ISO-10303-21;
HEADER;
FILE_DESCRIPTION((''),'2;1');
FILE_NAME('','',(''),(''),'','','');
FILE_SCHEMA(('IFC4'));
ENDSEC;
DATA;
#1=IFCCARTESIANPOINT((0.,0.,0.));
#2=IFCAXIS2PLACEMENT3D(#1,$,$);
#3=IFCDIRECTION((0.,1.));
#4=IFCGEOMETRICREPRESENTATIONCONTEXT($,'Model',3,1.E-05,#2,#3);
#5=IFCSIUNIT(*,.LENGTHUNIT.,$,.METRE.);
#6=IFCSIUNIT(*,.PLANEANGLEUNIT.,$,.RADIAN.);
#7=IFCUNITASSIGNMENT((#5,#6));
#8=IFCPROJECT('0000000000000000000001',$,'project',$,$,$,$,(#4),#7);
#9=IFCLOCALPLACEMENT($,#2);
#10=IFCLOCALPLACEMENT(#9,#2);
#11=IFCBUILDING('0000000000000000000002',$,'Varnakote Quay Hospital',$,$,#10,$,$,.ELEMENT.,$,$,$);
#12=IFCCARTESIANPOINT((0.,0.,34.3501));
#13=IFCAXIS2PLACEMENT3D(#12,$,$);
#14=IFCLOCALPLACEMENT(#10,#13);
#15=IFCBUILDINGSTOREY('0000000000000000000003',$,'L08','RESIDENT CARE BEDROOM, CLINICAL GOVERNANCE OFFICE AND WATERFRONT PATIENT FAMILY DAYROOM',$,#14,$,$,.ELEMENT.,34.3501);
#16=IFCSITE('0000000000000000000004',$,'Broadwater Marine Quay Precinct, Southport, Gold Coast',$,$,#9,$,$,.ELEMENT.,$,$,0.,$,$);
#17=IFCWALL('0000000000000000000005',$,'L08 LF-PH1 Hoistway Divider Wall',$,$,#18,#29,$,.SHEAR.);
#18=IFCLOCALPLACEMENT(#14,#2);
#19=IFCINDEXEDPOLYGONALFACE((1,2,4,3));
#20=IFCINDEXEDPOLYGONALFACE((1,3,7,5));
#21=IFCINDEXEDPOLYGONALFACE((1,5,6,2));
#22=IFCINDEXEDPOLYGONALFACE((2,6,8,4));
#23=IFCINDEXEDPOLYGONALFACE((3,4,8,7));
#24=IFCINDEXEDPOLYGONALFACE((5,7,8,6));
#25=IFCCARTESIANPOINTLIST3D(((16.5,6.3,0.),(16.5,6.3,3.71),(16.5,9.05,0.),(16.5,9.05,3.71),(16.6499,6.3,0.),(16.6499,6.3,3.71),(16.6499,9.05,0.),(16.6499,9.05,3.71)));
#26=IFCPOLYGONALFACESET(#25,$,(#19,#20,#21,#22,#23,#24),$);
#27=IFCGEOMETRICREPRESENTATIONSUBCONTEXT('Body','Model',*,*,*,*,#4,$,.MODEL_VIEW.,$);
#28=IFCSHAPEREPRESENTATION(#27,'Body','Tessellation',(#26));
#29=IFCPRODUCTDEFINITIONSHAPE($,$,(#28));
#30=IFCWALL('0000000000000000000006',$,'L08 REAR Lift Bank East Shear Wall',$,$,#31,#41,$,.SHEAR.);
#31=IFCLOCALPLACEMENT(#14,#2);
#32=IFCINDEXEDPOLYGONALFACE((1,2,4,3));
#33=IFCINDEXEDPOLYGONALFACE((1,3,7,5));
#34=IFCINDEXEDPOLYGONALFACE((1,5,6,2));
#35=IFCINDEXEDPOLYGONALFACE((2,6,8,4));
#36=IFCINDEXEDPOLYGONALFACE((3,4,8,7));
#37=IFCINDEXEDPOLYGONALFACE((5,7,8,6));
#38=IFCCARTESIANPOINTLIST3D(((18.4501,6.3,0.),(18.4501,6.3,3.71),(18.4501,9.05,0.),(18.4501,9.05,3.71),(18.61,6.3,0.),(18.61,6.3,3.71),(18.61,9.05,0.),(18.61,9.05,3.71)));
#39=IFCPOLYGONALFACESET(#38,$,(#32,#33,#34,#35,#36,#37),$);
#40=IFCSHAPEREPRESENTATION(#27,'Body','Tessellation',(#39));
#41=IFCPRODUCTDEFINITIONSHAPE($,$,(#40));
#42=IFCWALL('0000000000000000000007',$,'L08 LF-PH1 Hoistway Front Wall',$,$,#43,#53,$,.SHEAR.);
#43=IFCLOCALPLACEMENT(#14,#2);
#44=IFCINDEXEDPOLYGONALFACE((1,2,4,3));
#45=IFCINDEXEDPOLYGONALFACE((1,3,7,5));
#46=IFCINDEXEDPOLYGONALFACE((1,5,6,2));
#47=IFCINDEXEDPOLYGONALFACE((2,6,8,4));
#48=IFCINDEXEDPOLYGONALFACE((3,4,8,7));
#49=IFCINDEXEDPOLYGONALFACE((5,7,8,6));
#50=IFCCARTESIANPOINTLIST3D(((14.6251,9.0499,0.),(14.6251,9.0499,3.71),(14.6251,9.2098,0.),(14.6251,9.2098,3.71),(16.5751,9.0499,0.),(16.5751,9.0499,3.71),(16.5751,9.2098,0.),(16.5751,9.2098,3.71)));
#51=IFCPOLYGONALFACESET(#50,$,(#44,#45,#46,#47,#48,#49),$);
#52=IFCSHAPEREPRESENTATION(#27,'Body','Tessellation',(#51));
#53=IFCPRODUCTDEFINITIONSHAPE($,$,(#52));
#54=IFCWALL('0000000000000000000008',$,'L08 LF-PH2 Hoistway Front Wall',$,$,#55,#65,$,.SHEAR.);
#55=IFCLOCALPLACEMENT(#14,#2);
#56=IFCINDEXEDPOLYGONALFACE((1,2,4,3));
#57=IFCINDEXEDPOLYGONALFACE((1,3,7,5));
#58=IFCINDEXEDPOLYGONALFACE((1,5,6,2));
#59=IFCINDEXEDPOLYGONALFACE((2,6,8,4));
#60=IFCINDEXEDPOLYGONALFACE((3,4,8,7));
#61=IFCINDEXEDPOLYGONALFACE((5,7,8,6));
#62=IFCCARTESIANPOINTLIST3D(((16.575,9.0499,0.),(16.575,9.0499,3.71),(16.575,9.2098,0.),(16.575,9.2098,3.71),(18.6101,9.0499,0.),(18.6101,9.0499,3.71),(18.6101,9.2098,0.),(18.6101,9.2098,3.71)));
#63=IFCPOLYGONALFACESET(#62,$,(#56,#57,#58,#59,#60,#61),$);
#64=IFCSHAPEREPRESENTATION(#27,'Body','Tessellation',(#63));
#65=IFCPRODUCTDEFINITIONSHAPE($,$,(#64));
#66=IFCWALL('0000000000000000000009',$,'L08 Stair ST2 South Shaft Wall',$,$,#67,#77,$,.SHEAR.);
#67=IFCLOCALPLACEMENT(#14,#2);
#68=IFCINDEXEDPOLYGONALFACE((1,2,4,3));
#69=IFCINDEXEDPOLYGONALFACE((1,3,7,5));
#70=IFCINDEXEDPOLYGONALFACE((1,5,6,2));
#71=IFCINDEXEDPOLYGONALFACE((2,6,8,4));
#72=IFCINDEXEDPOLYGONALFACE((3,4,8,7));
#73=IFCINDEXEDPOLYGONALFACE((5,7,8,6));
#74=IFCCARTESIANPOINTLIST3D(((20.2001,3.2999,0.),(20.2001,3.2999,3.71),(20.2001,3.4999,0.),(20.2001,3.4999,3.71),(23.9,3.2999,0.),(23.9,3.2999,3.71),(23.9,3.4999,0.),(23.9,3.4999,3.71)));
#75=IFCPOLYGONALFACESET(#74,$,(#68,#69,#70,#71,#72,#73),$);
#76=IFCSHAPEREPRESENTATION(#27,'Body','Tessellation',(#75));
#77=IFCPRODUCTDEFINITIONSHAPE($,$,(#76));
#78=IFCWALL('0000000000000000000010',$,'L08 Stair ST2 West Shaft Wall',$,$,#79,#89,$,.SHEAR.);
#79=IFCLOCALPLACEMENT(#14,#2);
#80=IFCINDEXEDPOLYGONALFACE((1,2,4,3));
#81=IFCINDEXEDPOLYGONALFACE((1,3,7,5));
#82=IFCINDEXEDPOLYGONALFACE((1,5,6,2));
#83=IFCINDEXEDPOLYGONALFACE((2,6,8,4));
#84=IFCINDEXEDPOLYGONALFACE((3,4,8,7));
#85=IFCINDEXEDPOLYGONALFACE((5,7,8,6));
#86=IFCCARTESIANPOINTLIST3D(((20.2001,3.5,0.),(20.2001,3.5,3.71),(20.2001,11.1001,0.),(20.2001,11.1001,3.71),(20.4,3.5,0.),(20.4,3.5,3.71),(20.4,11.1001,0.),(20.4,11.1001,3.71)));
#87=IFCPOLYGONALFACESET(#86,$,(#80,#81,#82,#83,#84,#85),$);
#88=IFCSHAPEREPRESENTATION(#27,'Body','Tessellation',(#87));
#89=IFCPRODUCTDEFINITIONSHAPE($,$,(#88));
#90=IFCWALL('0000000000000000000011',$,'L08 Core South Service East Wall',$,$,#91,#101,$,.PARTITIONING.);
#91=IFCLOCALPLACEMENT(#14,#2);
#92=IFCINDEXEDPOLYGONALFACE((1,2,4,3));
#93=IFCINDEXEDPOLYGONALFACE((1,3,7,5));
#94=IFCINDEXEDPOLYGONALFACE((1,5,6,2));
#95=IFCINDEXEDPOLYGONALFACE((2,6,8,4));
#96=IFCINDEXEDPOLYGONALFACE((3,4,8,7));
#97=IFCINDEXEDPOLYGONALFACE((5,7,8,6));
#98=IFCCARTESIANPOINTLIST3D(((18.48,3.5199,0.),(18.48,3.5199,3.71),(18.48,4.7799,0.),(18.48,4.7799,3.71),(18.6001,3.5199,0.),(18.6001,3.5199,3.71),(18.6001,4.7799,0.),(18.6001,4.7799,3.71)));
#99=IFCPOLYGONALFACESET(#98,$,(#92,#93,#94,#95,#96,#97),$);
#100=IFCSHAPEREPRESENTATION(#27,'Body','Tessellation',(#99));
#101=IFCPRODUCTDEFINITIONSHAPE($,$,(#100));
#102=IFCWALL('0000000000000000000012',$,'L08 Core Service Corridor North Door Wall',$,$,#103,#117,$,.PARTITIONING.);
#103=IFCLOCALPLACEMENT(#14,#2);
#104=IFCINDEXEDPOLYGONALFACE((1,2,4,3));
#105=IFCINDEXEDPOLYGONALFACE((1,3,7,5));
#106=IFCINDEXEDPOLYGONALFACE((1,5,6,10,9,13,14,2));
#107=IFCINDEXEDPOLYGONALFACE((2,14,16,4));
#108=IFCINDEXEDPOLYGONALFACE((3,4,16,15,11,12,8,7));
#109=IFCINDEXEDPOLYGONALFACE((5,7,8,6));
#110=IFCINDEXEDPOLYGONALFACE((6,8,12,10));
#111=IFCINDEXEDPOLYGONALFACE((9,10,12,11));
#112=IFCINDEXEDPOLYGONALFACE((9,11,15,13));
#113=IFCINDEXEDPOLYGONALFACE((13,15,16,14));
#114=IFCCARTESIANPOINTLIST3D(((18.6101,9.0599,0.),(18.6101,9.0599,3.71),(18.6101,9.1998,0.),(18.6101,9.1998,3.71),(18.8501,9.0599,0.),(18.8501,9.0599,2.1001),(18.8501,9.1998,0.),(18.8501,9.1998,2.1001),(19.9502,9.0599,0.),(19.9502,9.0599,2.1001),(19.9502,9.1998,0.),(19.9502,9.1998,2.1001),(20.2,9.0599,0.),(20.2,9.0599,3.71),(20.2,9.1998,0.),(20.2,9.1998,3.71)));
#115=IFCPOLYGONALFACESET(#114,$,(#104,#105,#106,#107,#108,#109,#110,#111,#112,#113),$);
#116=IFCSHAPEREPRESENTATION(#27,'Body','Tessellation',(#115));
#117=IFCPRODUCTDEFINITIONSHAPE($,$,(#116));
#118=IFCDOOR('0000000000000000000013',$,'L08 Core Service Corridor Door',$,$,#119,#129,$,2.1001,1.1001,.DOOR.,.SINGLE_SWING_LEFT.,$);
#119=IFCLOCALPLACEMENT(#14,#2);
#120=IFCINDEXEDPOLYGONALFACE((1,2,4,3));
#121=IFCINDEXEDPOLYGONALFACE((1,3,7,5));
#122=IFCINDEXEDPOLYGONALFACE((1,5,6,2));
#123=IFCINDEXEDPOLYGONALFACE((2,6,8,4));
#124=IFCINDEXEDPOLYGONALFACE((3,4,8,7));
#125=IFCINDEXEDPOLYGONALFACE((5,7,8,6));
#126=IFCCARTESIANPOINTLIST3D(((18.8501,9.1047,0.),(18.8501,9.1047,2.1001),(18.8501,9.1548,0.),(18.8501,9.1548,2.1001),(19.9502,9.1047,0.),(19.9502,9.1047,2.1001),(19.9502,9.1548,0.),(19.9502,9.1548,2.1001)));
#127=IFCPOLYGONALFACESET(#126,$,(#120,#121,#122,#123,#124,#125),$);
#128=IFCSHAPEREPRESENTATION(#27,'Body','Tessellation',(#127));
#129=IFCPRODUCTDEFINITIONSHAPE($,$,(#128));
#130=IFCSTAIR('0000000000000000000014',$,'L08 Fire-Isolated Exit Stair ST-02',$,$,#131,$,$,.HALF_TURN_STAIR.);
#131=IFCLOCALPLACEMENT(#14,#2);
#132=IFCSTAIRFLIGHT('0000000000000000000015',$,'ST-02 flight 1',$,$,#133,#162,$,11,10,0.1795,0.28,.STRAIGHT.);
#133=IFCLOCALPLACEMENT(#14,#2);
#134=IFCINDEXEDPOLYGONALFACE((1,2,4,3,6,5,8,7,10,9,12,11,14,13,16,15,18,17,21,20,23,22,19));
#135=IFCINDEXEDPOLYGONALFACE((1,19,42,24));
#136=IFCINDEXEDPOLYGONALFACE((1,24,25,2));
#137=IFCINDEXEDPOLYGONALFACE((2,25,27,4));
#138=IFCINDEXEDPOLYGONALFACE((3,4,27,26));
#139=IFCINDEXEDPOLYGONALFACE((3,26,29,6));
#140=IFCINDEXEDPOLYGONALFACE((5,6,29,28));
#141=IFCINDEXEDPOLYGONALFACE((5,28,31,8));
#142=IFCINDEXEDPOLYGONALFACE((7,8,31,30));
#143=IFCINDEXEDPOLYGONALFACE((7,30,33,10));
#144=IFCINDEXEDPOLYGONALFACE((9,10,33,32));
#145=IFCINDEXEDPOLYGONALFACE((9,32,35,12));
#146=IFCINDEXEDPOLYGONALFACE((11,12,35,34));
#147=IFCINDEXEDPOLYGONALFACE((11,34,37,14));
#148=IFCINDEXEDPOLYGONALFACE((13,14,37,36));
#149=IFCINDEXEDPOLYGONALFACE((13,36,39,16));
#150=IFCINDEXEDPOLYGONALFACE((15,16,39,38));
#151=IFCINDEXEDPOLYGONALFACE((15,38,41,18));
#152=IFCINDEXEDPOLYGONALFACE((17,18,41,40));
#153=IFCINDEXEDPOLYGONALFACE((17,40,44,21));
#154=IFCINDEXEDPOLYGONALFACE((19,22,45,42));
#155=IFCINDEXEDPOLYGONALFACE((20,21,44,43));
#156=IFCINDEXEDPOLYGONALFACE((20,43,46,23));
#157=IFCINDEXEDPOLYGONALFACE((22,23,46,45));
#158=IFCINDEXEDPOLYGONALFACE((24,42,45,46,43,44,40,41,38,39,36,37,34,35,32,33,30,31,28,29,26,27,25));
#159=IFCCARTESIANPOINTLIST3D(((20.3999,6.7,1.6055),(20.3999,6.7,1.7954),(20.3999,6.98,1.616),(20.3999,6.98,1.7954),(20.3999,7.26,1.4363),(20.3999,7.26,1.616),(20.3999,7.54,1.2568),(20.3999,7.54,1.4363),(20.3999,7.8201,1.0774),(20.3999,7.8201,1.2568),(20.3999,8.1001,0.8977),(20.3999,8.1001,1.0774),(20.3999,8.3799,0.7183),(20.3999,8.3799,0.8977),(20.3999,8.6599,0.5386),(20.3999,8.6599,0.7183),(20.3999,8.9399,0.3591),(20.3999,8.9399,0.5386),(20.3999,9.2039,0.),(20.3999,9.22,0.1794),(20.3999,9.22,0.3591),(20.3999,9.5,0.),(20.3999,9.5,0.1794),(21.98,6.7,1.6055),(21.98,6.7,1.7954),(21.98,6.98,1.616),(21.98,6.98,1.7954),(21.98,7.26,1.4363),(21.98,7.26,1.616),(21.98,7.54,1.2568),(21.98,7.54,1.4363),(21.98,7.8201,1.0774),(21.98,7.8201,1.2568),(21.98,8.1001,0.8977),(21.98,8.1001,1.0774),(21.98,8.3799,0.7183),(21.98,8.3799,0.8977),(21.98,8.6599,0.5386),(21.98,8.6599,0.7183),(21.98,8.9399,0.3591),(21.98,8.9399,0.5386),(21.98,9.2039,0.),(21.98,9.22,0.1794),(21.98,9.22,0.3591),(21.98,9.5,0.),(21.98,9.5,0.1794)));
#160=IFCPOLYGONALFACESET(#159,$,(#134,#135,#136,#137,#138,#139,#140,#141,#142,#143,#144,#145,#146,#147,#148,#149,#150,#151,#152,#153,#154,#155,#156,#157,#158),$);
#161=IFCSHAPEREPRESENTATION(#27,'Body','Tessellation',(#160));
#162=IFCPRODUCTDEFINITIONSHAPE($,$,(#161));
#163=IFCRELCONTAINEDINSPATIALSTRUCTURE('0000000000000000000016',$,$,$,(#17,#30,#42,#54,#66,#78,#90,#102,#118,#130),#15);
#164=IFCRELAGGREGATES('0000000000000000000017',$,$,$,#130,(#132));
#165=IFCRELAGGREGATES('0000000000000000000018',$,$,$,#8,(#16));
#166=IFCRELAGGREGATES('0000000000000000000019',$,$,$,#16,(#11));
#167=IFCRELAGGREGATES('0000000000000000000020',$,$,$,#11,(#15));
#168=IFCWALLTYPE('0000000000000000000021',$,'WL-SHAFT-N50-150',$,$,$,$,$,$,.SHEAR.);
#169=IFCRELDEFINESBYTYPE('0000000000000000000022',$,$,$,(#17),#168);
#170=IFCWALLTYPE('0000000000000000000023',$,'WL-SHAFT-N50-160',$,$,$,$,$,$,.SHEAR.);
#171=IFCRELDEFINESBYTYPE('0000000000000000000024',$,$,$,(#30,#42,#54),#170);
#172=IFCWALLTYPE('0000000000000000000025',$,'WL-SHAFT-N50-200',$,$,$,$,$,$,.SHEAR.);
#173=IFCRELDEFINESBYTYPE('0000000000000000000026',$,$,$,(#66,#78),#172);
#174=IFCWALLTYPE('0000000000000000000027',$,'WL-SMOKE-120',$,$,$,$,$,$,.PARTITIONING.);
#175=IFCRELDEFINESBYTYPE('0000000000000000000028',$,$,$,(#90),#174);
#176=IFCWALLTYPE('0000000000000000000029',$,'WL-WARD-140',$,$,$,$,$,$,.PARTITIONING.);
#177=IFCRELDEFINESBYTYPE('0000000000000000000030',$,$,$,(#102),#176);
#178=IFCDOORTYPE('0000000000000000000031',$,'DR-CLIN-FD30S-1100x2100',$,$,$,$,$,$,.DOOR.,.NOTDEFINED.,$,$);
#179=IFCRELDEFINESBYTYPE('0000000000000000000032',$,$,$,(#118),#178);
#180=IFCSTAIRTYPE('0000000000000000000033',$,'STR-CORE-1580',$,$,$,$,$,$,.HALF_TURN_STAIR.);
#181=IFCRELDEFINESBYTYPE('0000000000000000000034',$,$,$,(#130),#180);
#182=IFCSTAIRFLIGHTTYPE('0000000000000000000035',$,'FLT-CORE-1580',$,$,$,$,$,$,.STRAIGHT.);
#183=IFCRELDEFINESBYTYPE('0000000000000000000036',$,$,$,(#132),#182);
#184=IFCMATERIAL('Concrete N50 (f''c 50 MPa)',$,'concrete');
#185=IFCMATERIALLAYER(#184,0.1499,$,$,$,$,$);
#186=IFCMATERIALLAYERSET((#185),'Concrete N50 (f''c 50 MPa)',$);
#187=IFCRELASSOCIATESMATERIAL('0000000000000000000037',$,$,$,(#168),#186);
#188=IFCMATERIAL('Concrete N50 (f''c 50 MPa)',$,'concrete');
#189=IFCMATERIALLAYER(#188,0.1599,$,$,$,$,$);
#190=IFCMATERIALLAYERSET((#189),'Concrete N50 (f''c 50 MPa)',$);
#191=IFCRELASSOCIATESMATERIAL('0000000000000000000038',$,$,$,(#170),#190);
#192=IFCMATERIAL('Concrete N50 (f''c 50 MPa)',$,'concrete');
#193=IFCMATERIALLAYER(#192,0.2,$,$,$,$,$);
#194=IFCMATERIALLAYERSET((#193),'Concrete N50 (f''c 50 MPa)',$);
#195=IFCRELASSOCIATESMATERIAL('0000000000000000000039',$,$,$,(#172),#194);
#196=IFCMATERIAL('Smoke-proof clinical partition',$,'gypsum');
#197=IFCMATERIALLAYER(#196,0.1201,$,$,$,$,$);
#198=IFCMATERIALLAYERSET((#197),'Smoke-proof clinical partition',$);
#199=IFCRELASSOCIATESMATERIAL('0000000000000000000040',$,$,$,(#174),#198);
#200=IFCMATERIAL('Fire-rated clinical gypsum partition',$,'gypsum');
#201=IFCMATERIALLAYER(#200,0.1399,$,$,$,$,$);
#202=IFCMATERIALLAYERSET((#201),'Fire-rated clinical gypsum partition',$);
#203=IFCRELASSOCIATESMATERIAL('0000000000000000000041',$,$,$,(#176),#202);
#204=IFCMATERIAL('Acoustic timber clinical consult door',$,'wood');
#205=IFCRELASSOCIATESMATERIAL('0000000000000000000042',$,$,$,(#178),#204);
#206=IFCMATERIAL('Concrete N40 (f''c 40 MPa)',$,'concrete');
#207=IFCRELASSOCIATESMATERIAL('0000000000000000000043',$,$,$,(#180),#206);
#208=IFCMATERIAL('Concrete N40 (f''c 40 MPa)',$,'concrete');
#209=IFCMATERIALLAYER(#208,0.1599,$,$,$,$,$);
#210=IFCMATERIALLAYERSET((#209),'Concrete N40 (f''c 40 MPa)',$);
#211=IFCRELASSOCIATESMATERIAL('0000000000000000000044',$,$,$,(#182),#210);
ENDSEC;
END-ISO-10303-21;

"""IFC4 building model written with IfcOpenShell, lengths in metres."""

from ifc_helpers import new_model, si_unit, direction, frame, frame_2d, origin, place, context, subcontext, project, spatial, polyline, rectangle, outline, extrude, material, layer, layer_set, type_object, element, fill, aggregate, save


model = new_model("IFC4")

# Units and contexts
model_context = context("Model", 3, precision=1e-05, world=origin(), true_north=direction((0.0, 1.0)))
body_context = subcontext(model_context, "Body", "Model", "MODEL_VIEW")
ifc_project = project(units=[si_unit("LENGTHUNIT", "METRE"), si_unit("PLANEANGLEUNIT", "RADIAN")], contexts=[model_context])

# Site, building, storey
site_placement = place(None, origin())
site = spatial("IfcSite", under=ifc_project, at=site_placement, Name="Broadwater Marine Quay Precinct, Southport, Gold Coast", CompositionType="ELEMENT", RefElevation=0.0)
building_placement = place(site_placement, origin())
building = spatial("IfcBuilding", under=site, at=building_placement, Name="Varnakote Quay Hospital", CompositionType="ELEMENT")
storey_placement = place(building_placement, frame((0.0, 0.0, 34.3501)))
storey = spatial("IfcBuildingStorey", under=building, at=storey_placement, Name="L08", Description="RESIDENT CARE BEDROOM, CLINICAL GOVERNANCE OFFICE AND WATERFRONT PATIENT FAMILY DAYROOM", CompositionType="ELEMENT", Elevation=34.3501)

# Walls
ifc_material_1 = material(Name="Concrete N50 (f'c 50 MPa)", Category="concrete")
ifc_layer_1 = layer(ifc_material_1, 0.1499)
ifc_layer_set_1 = layer_set([ifc_layer_1], Name="Concrete N50 (f'c 50 MPa)")
wall_type_1 = type_object("IfcWallType", Name="WL-SHAFT-N50-150", PredefinedType="SHEAR", material=ifc_layer_set_1)
for number, where, z_axis, x_axis, name in (
    (1, (16.575, 6.3, 0.0), (0.0, 0.0, 1.0), (0.0, 1.0, 0.0), "L08 LF-PH1 Hoistway Divider Wall"),
):
    element("IfcWall", number, at=place(storey_placement, frame(where, z_axis=z_axis, x_axis=x_axis)), inside=storey, type_object=wall_type_1, Name=name, PredefinedType="SHEAR", context=body_context, shape_type="SweptSolid", body=[
        extrude(rectangle(XDim=2.75, YDim=0.1499, at=frame_2d((1.375, 0.0))), origin(), (0.0, 0.0, 1.0), 3.71),
    ])
ifc_material_2 = material(Name="Concrete N50 (f'c 50 MPa)", Category="concrete")
ifc_layer_2 = layer(ifc_material_2, 0.1599)
ifc_layer_set_2 = layer_set([ifc_layer_2], Name="Concrete N50 (f'c 50 MPa)")
wall_type_2 = type_object("IfcWallType", Name="WL-SHAFT-N50-160", PredefinedType="SHEAR", material=ifc_layer_set_2)
wall_1_placement = place(storey_placement, frame((18.53, 6.3, 0.0), z_axis=(0.0, 0.0, 1.0), x_axis=(0.0, 1.0, 0.0)))
element("IfcWall", 2, at=wall_1_placement, inside=storey, type_object=wall_type_2, Name="L08 REAR Lift Bank East Shear Wall", PredefinedType="SHEAR", context=body_context, shape_type="SweptSolid", body=[
    extrude(rectangle(XDim=2.75, YDim=0.1599, at=frame_2d((1.375, 0.0))), origin(), (0.0, 0.0, 1.0), 3.71),
])
wall_2_placement = place(storey_placement, frame((14.625, 9.1299, 0.0), z_axis=(0.0, 0.0, 1.0), x_axis=(1.0, 0.0, 0.0)))
element("IfcWall", 3, at=wall_2_placement, inside=storey, type_object=wall_type_2, Name="L08 LF-PH1 Hoistway Front Wall", PredefinedType="SHEAR", context=body_context, shape_type="SweptSolid", body=[
    extrude(rectangle(XDim=1.95, YDim=0.1599, at=frame_2d((0.9751, 0.0))), origin(), (0.0, 0.0, 1.0), 3.71),
])
wall_3_placement = place(storey_placement, frame((16.575, 9.1299, 0.0), z_axis=(0.0, 0.0, 1.0), x_axis=(1.0, 0.0, 0.0)))
element("IfcWall", 4, at=wall_3_placement, inside=storey, type_object=wall_type_2, Name="L08 LF-PH2 Hoistway Front Wall", PredefinedType="SHEAR", context=body_context, shape_type="SweptSolid", body=[
    extrude(rectangle(XDim=2.0352, YDim=0.1599, at=frame_2d((1.0176, 0.0))), origin(), (0.0, 0.0, 1.0), 3.71),
])
ifc_material_3 = material(Name="Concrete N50 (f'c 50 MPa)", Category="concrete")
ifc_layer_3 = layer(ifc_material_3, 0.2)
ifc_layer_set_3 = layer_set([ifc_layer_3], Name="Concrete N50 (f'c 50 MPa)")
wall_type_3 = type_object("IfcWallType", Name="WL-SHAFT-N50-200", PredefinedType="SHEAR", material=ifc_layer_set_3)
wall_4_placement = place(storey_placement, frame((20.2, 3.3999, 0.0), z_axis=(0.0, 0.0, 1.0), x_axis=(1.0, 0.0, 0.0)))
element("IfcWall", 5, at=wall_4_placement, inside=storey, type_object=wall_type_3, Name="L08 Stair ST2 South Shaft Wall", PredefinedType="SHEAR", context=body_context, shape_type="SweptSolid", body=[
    extrude(rectangle(XDim=3.7, YDim=0.2, at=frame_2d((1.8501, 0.0))), origin(), (0.0, 0.0, 1.0), 3.71),
])
wall_5_placement = place(storey_placement, frame((20.3, 3.5, 0.0), z_axis=(0.0, 0.0, 1.0), x_axis=(0.0, 1.0, 0.0)))
element("IfcWall", 6, at=wall_5_placement, inside=storey, type_object=wall_type_3, Name="L08 Stair ST2 West Shaft Wall", PredefinedType="SHEAR", context=body_context, shape_type="SweptSolid", body=[
    extrude(rectangle(XDim=7.6001, YDim=0.2, at=frame_2d((3.8, 0.0))), origin(), (0.0, 0.0, 1.0), 3.71),
])

# Wall
ifc_material_4 = material(Name="Smoke-proof clinical partition", Category="gypsum")
ifc_layer_4 = layer(ifc_material_4, 0.1201)
ifc_layer_set_4 = layer_set([ifc_layer_4], Name="Smoke-proof clinical partition")
wall_type_4 = type_object("IfcWallType", Name="WL-SMOKE-120", PredefinedType="PARTITIONING", material=ifc_layer_set_4)
wall_6_placement = place(storey_placement, frame((18.54, 3.52, 0.0), z_axis=(0.0, 0.0, 1.0), x_axis=(0.0, 1.0, 0.0)))
element("IfcWall", 7, at=wall_6_placement, inside=storey, type_object=wall_type_4, Name="L08 Core South Service East Wall", PredefinedType="PARTITIONING", context=body_context, shape_type="SweptSolid", body=[
    extrude(rectangle(XDim=1.26, YDim=0.1201, at=frame_2d((0.6299, 0.0))), origin(), (0.0, 0.0, 1.0), 3.71),
])

# Wall, opening, door
ifc_material_5 = material(Name="Fire-rated clinical gypsum partition", Category="gypsum")
ifc_layer_5 = layer(ifc_material_5, 0.1399)
ifc_layer_set_5 = layer_set([ifc_layer_5], Name="Fire-rated clinical gypsum partition")
wall_type_5 = type_object("IfcWallType", Name="WL-WARD-140", PredefinedType="PARTITIONING", material=ifc_layer_set_5)
wall_7_placement = place(storey_placement, frame((18.6101, 9.1299, 0.0), z_axis=(0.0, 0.0, 1.0), x_axis=(1.0, 0.0, 0.0)))
wall_7 = element("IfcWall", 8, at=wall_7_placement, inside=storey, type_object=wall_type_5, Name="L08 Core Service Corridor North Door Wall", PredefinedType="PARTITIONING", context=body_context, shape_type="SweptSolid", body=[
    extrude(rectangle(XDim=1.5898, YDim=0.1399, at=frame_2d((0.7949, 0.0))), origin(), (0.0, 0.0, 1.0), 3.71),
])
opening_1_placement = place(wall_7_placement, frame((0.24, 0.0, 0.0)))
opening_1 = element("IfcOpeningElement", 9, at=opening_1_placement, cuts=wall_7, PredefinedType="OPENING", context=body_context, shape_type="SweptSolid", body=[
    extrude(rectangle(XDim=1.1001, YDim=2.1001, at=frame_2d((0.55, 1.05))), frame((0.0, 0.0798, 0.0), z_axis=(0.0, -1.0, 0.0), x_axis=(1.0, 0.0, 0.0)), (0.0, 0.0, 1.0), 0.1599),
])
ifc_material_6 = material(Name="Acoustic timber clinical consult door", Category="wood")
door_type_1 = type_object("IfcDoorType", Name="DR-CLIN-FD30S-1100x2100", OperationType="NOTDEFINED", PredefinedType="DOOR", material=ifc_material_6)
door_1_placement = place(opening_1_placement, origin())
door_1 = element("IfcDoor", 10, at=door_1_placement, inside=storey, type_object=door_type_1, Name="L08 Core Service Corridor Door", OperationType="SINGLE_SWING_LEFT", OverallHeight=2.1001, OverallWidth=1.1001, PredefinedType="DOOR", context=body_context, shape_type="SweptSolid", body=[
    extrude(rectangle(XDim=1.1001, YDim=2.1001, at=frame_2d((0.55, 1.05))), frame((0.0, 0.0249, 0.0), z_axis=(0.0, -1.0, 0.0), x_axis=(1.0, 0.0, 0.0)), (0.0, 0.0, 1.0), 0.05),
])
fill(opening_1, door_1)

# Stair, stair flight
ifc_material_7 = material(Name="Concrete N40 (f'c 40 MPa)", Category="concrete")
stair_type = type_object("IfcStairType", Name="STR-CORE-1580", PredefinedType="HALF_TURN_STAIR", material=ifc_material_7)
stair_placement = place(storey_placement, origin())
stair = element("IfcStair", 11, at=stair_placement, inside=storey, type_object=stair_type, Name="L08 Fire-Isolated Exit Stair ST-02", PredefinedType="HALF_TURN_STAIR")
ifc_material_8 = material(Name="Concrete N40 (f'c 40 MPa)", Category="concrete")
ifc_layer_6 = layer(ifc_material_8, 0.1599)
ifc_layer_set_6 = layer_set([ifc_layer_6], Name="Concrete N40 (f'c 40 MPa)")
stair_flight_type = type_object("IfcStairFlightType", Name="FLT-CORE-1580", PredefinedType="STRAIGHT", material=ifc_layer_set_6)
stair_flight_placement = place(storey_placement, frame((21.1899, 9.5, 0.0), z_axis=(0.0, 0.0, 1.0), x_axis=(0.0, -1.0, 0.0)))
stair_flight = element("IfcStairFlight", 12, at=stair_flight_placement, type_object=stair_flight_type, Name="ST-02 flight 1", NumberOfRisers=11, NumberOfTreads=10, PredefinedType="STRAIGHT", RiserHeight=0.1795, TreadLength=0.28, context=body_context, shape_type="SweptSolid", body=[
    extrude(outline(polyline([(0.0, 0.0), (0.0, 0.1794), (0.28, 0.1794), (0.28, 0.3591), (0.5601, 0.3591), (0.5601, 0.5386), (0.8401, 0.5386), (0.8401, 0.7183), (1.1201, 0.7183), (1.1201, 0.8977), (1.3999, 0.8977), (1.3999, 1.0774), (1.6799, 1.0774), (1.6799, 1.2568), (1.96, 1.2568), (1.96, 1.4363), (2.24, 1.4363), (2.24, 1.616), (2.52, 1.616), (2.52, 1.7954), (2.8, 1.7954), (2.8, 1.9751), (2.8, 1.6055), (0.2961, 0.0), (0.0, 0.0)])), frame((0.0, 0.79, 0.0), z_axis=(0.0, -1.0, 0.0), x_axis=(1.0, 0.0, 0.0)), (0.0, 0.0, 1.0), 1.5801),
])
aggregate(stair, [stair_flight])

save(model, "model.ifc")
